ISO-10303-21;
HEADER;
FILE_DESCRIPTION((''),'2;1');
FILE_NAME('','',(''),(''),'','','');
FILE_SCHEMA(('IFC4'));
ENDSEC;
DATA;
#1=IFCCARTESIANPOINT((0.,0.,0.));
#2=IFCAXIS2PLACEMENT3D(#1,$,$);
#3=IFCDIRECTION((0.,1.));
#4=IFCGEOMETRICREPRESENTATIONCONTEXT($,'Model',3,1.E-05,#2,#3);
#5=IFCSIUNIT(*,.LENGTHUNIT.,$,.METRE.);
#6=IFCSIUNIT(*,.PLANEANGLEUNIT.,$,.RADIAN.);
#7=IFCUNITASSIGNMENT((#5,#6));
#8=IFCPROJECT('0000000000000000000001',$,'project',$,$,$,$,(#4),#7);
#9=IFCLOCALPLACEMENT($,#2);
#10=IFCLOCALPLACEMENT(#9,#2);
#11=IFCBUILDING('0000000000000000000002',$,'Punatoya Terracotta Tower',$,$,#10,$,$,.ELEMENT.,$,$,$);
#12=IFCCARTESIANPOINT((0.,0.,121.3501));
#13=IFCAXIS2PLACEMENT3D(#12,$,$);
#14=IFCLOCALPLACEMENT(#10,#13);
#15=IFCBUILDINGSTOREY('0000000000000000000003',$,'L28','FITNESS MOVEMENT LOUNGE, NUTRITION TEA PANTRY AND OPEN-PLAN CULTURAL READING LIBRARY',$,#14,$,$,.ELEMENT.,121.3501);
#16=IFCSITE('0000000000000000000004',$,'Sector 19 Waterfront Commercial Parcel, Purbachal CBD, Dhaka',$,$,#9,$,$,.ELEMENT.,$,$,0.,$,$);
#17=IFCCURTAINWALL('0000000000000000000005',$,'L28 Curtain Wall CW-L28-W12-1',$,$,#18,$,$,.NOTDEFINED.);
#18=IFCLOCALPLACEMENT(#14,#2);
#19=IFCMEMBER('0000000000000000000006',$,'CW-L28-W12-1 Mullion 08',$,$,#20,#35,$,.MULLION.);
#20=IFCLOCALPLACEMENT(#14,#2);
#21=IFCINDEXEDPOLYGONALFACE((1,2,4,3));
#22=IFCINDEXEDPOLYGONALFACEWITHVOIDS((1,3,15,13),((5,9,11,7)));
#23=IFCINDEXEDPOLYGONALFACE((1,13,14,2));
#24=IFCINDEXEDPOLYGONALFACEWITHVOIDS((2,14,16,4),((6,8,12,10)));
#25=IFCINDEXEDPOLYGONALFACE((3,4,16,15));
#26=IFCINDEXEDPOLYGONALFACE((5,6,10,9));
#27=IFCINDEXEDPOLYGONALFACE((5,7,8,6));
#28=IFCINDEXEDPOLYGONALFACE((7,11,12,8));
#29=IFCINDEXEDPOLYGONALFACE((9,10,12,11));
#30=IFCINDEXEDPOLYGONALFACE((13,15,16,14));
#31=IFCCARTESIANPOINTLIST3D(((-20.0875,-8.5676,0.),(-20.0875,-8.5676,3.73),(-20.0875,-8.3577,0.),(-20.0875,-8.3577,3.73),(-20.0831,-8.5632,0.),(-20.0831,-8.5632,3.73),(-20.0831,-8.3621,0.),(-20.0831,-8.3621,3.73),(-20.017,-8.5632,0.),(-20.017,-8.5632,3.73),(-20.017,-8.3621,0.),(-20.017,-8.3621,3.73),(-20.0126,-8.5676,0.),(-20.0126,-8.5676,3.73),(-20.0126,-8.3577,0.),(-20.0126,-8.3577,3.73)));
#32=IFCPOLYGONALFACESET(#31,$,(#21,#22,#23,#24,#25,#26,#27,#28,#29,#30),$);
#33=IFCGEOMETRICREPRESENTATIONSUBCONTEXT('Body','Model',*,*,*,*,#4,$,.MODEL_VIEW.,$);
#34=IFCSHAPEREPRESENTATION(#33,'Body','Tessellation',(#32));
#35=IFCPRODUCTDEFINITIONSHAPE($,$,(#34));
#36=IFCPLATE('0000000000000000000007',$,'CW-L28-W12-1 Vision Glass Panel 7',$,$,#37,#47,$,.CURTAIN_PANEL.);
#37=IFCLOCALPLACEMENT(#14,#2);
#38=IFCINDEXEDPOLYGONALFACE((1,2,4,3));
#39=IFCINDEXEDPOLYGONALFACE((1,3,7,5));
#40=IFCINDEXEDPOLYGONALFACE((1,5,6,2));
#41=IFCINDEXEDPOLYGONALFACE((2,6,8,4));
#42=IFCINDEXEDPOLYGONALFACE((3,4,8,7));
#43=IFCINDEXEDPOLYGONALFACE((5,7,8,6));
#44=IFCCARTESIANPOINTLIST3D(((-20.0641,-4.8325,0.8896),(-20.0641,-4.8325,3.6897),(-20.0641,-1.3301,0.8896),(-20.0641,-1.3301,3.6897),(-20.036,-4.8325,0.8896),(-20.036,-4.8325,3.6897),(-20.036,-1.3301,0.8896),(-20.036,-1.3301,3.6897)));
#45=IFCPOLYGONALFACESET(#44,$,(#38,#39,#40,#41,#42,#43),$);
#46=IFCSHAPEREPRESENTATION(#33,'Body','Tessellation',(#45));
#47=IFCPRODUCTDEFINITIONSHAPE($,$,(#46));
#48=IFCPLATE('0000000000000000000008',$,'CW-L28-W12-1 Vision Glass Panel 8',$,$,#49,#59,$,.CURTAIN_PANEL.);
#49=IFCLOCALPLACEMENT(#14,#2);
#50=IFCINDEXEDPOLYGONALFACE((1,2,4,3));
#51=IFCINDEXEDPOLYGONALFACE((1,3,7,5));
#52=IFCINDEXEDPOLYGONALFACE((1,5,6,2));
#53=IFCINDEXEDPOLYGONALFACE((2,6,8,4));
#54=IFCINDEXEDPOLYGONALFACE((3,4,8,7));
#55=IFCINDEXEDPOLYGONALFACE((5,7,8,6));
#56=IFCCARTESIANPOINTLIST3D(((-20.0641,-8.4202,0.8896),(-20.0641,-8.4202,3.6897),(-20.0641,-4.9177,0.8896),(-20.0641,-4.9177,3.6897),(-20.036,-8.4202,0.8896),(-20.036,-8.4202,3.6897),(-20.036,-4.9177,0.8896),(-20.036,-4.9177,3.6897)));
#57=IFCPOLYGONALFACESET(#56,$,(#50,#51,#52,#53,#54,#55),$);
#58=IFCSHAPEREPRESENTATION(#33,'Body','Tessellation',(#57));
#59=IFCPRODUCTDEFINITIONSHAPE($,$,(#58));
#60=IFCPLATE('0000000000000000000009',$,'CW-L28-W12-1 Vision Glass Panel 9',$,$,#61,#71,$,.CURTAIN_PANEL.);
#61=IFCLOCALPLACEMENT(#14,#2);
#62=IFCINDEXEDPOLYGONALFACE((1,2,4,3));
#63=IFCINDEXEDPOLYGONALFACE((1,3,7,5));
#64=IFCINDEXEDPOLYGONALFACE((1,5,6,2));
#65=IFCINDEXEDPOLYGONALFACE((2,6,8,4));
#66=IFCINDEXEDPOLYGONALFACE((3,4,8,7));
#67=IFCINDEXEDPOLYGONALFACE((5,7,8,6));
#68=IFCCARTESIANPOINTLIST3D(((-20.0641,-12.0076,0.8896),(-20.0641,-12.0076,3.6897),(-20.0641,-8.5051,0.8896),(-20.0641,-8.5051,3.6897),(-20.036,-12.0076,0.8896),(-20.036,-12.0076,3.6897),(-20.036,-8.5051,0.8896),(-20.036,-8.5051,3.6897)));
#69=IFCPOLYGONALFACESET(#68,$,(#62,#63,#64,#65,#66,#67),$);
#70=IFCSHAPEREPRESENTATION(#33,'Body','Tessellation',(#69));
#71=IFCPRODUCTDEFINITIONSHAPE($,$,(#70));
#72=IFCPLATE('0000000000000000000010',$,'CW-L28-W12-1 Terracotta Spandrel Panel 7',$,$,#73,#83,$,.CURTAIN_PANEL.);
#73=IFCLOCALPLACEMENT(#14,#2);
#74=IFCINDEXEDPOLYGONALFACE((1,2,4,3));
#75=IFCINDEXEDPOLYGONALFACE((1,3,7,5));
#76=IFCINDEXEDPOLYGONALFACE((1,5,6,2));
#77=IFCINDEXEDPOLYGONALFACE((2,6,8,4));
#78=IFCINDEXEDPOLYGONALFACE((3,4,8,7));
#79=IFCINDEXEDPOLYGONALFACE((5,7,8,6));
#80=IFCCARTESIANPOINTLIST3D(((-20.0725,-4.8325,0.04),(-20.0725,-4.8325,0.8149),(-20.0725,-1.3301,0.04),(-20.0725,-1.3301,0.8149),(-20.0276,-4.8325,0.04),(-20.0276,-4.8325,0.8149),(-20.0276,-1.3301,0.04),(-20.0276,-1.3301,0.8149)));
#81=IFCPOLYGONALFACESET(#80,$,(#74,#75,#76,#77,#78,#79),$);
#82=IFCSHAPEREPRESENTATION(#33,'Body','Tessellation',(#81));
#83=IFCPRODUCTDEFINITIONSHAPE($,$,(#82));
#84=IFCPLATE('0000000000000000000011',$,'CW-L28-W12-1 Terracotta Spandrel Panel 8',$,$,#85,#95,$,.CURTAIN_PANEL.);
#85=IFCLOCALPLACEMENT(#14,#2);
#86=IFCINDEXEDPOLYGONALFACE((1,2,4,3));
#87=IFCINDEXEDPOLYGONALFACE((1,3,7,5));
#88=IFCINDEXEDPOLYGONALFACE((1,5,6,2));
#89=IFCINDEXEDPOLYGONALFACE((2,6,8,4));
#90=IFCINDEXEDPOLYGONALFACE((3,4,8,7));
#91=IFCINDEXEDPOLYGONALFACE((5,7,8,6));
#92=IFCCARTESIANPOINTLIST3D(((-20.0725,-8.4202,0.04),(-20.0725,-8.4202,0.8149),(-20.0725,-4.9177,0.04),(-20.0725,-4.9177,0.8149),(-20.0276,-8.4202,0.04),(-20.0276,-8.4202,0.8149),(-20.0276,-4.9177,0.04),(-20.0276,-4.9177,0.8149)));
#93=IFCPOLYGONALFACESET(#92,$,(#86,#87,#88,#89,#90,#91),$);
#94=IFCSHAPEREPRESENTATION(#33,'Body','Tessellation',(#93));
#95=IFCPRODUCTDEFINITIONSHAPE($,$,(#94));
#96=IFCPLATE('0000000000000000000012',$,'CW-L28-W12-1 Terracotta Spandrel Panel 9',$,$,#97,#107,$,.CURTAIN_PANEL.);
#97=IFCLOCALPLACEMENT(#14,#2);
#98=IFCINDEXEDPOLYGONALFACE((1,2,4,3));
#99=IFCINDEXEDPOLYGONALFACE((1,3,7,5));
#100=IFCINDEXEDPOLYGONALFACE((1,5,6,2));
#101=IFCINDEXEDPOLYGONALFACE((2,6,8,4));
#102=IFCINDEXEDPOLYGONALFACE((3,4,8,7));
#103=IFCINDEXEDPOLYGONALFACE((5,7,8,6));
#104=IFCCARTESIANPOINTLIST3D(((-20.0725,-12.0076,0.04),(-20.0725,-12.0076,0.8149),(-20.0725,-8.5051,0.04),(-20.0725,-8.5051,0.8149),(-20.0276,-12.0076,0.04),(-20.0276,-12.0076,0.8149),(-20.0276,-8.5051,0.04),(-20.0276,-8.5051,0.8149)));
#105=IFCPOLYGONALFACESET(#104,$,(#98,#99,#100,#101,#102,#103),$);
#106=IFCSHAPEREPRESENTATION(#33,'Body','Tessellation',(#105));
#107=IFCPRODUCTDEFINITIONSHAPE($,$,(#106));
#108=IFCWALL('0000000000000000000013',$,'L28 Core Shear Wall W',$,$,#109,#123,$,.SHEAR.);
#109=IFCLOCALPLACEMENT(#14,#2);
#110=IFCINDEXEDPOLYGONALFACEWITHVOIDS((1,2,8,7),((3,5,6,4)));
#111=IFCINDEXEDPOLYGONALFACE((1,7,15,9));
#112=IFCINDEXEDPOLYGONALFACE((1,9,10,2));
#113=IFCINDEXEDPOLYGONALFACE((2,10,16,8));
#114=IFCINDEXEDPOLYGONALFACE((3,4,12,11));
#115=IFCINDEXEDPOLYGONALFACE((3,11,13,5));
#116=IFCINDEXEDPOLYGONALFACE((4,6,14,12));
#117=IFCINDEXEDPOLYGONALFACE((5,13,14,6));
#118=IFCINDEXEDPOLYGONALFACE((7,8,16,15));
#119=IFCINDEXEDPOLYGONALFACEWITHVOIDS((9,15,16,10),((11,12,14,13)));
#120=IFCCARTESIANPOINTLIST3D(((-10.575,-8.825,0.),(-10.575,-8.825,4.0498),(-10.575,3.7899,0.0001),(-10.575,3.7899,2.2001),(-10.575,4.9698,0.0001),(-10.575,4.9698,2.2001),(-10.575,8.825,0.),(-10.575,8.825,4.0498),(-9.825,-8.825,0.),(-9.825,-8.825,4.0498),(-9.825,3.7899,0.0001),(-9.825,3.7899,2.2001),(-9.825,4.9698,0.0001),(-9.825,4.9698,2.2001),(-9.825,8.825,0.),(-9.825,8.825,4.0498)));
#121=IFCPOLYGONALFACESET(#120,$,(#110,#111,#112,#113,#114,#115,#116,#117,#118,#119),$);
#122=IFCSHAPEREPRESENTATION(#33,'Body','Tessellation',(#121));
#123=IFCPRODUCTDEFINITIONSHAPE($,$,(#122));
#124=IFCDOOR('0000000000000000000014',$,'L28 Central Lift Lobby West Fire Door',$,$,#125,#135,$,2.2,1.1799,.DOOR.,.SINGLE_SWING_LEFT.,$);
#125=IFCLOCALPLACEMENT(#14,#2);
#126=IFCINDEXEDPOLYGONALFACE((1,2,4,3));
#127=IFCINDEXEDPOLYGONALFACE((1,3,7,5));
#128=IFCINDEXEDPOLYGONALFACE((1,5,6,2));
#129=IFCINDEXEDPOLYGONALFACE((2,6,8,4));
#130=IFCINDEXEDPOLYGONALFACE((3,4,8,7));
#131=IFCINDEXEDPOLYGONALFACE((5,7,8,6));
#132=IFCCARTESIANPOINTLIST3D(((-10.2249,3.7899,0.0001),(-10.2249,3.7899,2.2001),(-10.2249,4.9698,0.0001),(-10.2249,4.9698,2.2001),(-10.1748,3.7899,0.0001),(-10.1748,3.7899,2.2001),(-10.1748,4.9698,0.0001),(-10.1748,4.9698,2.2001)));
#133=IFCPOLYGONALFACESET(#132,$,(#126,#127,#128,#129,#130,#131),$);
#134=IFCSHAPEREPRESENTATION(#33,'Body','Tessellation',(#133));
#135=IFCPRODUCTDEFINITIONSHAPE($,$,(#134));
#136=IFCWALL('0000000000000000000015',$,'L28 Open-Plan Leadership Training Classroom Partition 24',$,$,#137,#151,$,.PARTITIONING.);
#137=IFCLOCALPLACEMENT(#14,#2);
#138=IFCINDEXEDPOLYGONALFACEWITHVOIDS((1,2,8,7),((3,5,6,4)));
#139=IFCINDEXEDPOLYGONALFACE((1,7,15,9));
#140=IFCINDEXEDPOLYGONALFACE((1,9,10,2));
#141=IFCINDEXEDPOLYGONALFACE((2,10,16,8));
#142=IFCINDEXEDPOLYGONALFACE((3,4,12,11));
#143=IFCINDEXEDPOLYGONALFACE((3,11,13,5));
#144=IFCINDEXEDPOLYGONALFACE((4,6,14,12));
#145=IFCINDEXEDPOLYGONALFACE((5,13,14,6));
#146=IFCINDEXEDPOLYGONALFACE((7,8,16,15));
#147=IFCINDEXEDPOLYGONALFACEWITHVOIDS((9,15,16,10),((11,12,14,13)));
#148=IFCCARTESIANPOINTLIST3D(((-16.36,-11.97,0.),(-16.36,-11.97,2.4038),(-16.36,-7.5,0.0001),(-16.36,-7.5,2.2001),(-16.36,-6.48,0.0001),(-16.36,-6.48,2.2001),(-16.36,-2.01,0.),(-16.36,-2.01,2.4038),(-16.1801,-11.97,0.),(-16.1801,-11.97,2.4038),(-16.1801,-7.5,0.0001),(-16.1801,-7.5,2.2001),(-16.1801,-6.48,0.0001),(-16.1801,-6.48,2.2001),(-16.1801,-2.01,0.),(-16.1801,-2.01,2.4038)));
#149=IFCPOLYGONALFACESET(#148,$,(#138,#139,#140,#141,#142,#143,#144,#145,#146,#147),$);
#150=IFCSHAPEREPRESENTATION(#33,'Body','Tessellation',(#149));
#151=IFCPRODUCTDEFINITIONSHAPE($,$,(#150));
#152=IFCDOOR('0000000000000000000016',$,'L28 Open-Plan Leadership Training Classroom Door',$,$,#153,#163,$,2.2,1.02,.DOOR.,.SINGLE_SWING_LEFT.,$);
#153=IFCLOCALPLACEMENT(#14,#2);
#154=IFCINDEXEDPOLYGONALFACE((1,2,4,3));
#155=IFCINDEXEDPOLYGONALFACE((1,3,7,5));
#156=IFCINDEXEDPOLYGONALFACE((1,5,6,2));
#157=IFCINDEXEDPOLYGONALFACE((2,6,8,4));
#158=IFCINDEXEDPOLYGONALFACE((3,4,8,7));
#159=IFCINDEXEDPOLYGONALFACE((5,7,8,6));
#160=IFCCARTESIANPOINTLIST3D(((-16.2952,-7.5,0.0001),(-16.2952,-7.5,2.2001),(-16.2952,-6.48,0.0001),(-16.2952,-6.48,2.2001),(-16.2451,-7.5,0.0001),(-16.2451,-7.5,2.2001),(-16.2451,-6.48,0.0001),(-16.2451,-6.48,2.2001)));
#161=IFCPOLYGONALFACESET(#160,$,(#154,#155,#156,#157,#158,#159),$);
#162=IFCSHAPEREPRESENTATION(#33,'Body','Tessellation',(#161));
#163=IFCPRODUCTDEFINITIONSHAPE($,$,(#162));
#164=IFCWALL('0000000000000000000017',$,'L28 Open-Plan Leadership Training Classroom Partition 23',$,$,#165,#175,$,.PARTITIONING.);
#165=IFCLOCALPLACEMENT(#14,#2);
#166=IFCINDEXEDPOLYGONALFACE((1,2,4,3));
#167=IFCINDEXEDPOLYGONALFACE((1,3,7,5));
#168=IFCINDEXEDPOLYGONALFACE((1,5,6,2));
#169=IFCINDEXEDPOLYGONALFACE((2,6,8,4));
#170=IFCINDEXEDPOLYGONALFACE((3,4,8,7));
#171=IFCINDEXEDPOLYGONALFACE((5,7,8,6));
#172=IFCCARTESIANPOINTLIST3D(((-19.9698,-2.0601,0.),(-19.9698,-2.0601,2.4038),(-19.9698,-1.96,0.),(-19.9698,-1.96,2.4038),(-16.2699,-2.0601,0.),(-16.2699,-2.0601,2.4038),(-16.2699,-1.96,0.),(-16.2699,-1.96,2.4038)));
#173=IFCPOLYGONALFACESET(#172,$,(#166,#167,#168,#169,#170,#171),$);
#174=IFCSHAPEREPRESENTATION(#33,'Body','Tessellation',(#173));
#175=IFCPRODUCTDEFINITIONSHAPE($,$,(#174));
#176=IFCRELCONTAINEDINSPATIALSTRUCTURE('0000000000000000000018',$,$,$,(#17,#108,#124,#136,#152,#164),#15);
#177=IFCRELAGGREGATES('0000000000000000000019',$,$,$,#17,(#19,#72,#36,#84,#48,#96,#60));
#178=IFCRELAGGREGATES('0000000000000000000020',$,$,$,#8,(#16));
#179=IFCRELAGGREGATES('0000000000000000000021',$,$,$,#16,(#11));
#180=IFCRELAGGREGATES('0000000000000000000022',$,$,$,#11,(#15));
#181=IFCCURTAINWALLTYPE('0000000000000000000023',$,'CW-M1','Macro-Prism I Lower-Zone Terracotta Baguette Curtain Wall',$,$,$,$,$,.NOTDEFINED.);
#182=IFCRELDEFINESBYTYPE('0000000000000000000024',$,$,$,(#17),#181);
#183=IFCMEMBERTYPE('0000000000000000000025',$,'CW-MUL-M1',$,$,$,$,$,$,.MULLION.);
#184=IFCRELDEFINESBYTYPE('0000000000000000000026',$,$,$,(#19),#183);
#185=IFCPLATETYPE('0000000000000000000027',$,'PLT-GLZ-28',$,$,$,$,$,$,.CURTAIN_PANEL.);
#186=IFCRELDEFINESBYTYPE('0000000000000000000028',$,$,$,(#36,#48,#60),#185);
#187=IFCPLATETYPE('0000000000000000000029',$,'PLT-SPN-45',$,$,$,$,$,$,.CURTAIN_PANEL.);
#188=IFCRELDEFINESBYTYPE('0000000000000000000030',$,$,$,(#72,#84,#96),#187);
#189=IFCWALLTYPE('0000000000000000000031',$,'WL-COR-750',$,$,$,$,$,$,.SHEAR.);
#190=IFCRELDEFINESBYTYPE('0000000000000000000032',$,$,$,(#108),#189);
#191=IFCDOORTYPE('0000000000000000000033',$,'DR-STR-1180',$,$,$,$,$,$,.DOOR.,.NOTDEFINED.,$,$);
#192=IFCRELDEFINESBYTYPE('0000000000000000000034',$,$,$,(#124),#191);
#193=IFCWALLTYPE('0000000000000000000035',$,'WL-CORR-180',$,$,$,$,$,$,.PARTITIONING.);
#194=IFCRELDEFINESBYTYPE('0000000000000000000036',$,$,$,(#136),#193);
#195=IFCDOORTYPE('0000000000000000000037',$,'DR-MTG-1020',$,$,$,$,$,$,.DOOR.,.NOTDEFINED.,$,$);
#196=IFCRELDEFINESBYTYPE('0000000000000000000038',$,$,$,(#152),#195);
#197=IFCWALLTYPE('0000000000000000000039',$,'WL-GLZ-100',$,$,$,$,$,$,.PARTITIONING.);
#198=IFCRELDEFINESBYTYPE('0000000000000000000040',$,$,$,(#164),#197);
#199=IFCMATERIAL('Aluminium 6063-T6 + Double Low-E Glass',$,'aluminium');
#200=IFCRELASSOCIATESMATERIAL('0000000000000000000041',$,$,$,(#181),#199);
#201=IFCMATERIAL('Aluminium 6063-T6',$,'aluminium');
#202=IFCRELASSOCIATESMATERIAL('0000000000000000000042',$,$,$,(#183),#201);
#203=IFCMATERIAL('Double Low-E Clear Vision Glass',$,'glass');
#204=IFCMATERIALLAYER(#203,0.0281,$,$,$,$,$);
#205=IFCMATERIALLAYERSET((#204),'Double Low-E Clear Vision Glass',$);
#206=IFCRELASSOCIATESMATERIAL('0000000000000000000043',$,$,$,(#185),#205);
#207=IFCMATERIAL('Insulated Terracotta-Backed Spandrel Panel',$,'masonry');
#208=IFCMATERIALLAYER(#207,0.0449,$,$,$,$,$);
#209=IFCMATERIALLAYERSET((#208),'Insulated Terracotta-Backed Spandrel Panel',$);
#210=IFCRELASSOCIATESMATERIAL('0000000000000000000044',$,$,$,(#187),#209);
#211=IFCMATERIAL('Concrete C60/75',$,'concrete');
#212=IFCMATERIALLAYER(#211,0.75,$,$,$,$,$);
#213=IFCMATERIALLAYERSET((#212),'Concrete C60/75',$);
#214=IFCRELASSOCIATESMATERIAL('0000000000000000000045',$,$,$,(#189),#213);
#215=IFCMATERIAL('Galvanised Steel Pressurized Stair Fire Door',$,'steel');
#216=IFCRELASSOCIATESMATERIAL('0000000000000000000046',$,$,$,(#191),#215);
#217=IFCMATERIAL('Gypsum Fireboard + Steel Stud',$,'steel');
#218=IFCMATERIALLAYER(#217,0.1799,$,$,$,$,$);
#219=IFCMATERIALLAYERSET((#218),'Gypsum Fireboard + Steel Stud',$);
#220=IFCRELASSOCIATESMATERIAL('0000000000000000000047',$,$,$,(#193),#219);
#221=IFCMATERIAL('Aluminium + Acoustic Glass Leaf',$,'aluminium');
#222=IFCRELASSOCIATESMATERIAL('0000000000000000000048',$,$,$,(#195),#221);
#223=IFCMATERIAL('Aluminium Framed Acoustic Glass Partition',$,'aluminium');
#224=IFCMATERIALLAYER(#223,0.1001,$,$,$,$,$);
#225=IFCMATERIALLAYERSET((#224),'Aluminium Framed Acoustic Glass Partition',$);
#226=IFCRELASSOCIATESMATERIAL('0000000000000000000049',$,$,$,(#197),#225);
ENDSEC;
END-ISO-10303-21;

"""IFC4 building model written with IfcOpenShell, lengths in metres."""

from ifc_helpers import new_model, si_unit, direction, frame, frame_2d, origin, origin_2d, place, context, subcontext, project, spatial, rectangle, hollow_rectangle, extrude, material, layer, layer_set, material_profile, profile_set, type_object, element, fill, aggregate, save


model = new_model("IFC4")

# Units and contexts
model_context = context("Model", 3, precision=1e-05, world=origin(), true_north=direction((0.0, 1.0)))
body_context = subcontext(model_context, "Body", "Model", "MODEL_VIEW")
ifc_project = project(units=[si_unit("LENGTHUNIT", "METRE"), si_unit("PLANEANGLEUNIT", "RADIAN")], contexts=[model_context])

# Site, building, storey
site_placement = place(None, origin())
site = spatial("IfcSite", under=ifc_project, at=site_placement, Name="Sector 19 Waterfront Commercial Parcel, Purbachal CBD, Dhaka", CompositionType="ELEMENT", RefElevation=0.0)
building_placement = place(site_placement, origin())
building = spatial("IfcBuilding", under=site, at=building_placement, Name="Punatoya Terracotta Tower", CompositionType="ELEMENT")
storey_placement = place(building_placement, frame((0.0, 0.0, 121.3501)))
storey = spatial("IfcBuildingStorey", under=building, at=storey_placement, Name="L28", Description="FITNESS MOVEMENT LOUNGE, NUTRITION TEA PANTRY AND OPEN-PLAN CULTURAL READING LIBRARY", CompositionType="ELEMENT", Elevation=121.3501)

# Curtain wall, member, plates
ifc_material_1 = material(Name="Aluminium 6063-T6 + Double Low-E Glass", Category="aluminium")
curtain_wall_type = type_object("IfcCurtainWallType", Name="CW-M1", Description="Macro-Prism I Lower-Zone Terracotta Baguette Curtain Wall", PredefinedType="NOTDEFINED", material=ifc_material_1)
curtain_wall_placement = place(storey_placement, origin())
curtain_wall = element("IfcCurtainWall", 1, at=curtain_wall_placement, inside=storey, type_object=curtain_wall_type, Name="L28 Curtain Wall CW-L28-W12-1", PredefinedType="NOTDEFINED")
ifc_material_2 = material(Name="Aluminium 6063-T6", Category="aluminium")
ifc_material_profile_1 = material_profile(ifc_material_2, hollow_rectangle(XDim=0.075, YDim=0.21, WallThickness=0.0044, at=origin_2d()))
ifc_profile_set_1 = profile_set([ifc_material_profile_1], Name="Aluminium 6063-T6")
member_type = type_object("IfcMemberType", Name="CW-MUL-M1", PredefinedType="MULLION", material=ifc_profile_set_1)
member_1_placement = place(storey_placement, frame((-20.05, -8.4626, 0.0), z_axis=(0.0, 0.0, 1.0), x_axis=(1.0, 0.0, 0.0)))
member_1 = element("IfcMember", 2, at=member_1_placement, type_object=member_type, Name="CW-L28-W12-1 Mullion 08", PredefinedType="MULLION", context=body_context, shape_type="SweptSolid", body=[
    extrude(hollow_rectangle(XDim=0.075, YDim=0.21, WallThickness=0.0044, at=origin_2d()), origin(), (0.0, 0.0, 1.0), 3.73),
])
ifc_material_3 = material(Name="Double Low-E Clear Vision Glass", Category="glass")
ifc_layer_1 = layer(ifc_material_3, 0.0281)
ifc_layer_set_1 = layer_set([ifc_layer_1], Name="Double Low-E Clear Vision Glass")
plate_type_1 = type_object("IfcPlateType", Name="PLT-GLZ-28", PredefinedType="CURTAIN_PANEL", material=ifc_layer_set_1)
plate_1_placement = place(storey_placement, frame((-20.05, -3.0813, 0.8896), z_axis=(0.0, 0.0, 1.0), x_axis=(0.0, -1.0, 0.0)))
plate_1 = element("IfcPlate", 3, at=plate_1_placement, type_object=plate_type_1, Name="CW-L28-W12-1 Vision Glass Panel 7", PredefinedType="CURTAIN_PANEL", context=body_context, shape_type="SweptSolid", body=[
    extrude(rectangle(XDim=3.5024, YDim=0.0281, at=origin_2d()), origin(), (0.0, 0.0, 1.0), 2.8),
])
plate_2_placement = place(storey_placement, frame((-20.05, -6.6689, 0.8896), z_axis=(0.0, 0.0, 1.0), x_axis=(0.0, -1.0, 0.0)))
plate_2 = element("IfcPlate", 4, at=plate_2_placement, type_object=plate_type_1, Name="CW-L28-W12-1 Vision Glass Panel 8", PredefinedType="CURTAIN_PANEL", context=body_context, shape_type="SweptSolid", body=[
    extrude(rectangle(XDim=3.5024, YDim=0.0281, at=origin_2d()), origin(), (0.0, 0.0, 1.0), 2.8),
])
plate_3_placement = place(storey_placement, frame((-20.05, -10.2563, 0.8896), z_axis=(0.0, 0.0, 1.0), x_axis=(0.0, -1.0, 0.0)))
plate_3 = element("IfcPlate", 5, at=plate_3_placement, type_object=plate_type_1, Name="CW-L28-W12-1 Vision Glass Panel 9", PredefinedType="CURTAIN_PANEL", context=body_context, shape_type="SweptSolid", body=[
    extrude(rectangle(XDim=3.5024, YDim=0.0281, at=origin_2d()), origin(), (0.0, 0.0, 1.0), 2.8),
])
ifc_material_4 = material(Name="Insulated Terracotta-Backed Spandrel Panel", Category="masonry")
ifc_layer_2 = layer(ifc_material_4, 0.0449)
ifc_layer_set_2 = layer_set([ifc_layer_2], Name="Insulated Terracotta-Backed Spandrel Panel")
plate_type_2 = type_object("IfcPlateType", Name="PLT-SPN-45", PredefinedType="CURTAIN_PANEL", material=ifc_layer_set_2)
plate_4_placement = place(storey_placement, frame((-20.05, -3.0813, 0.04), z_axis=(0.0, 0.0, 1.0), x_axis=(0.0, -1.0, 0.0)))
plate_4 = element("IfcPlate", 6, at=plate_4_placement, type_object=plate_type_2, Name="CW-L28-W12-1 Terracotta Spandrel Panel 7", PredefinedType="CURTAIN_PANEL", context=body_context, shape_type="SweptSolid", body=[
    extrude(rectangle(XDim=3.5024, YDim=0.0449, at=origin_2d()), origin(), (0.0, 0.0, 1.0), 0.7749),
])
plate_5_placement = place(storey_placement, frame((-20.05, -6.6689, 0.04), z_axis=(0.0, 0.0, 1.0), x_axis=(0.0, -1.0, 0.0)))
plate_5 = element("IfcPlate", 7, at=plate_5_placement, type_object=plate_type_2, Name="CW-L28-W12-1 Terracotta Spandrel Panel 8", PredefinedType="CURTAIN_PANEL", context=body_context, shape_type="SweptSolid", body=[
    extrude(rectangle(XDim=3.5024, YDim=0.0449, at=origin_2d()), origin(), (0.0, 0.0, 1.0), 0.7749),
])
plate_6_placement = place(storey_placement, frame((-20.05, -10.2563, 0.04), z_axis=(0.0, 0.0, 1.0), x_axis=(0.0, -1.0, 0.0)))
plate_6 = element("IfcPlate", 8, at=plate_6_placement, type_object=plate_type_2, Name="CW-L28-W12-1 Terracotta Spandrel Panel 9", PredefinedType="CURTAIN_PANEL", context=body_context, shape_type="SweptSolid", body=[
    extrude(rectangle(XDim=3.5024, YDim=0.0449, at=origin_2d()), origin(), (0.0, 0.0, 1.0), 0.7749),
])
aggregate(curtain_wall, [member_1, plate_4, plate_1, plate_5, plate_2, plate_6, plate_3])

# Walls, openings, doors
ifc_material_5 = material(Name="Concrete C60/75", Category="concrete")
ifc_layer_3 = layer(ifc_material_5, 0.75)
ifc_layer_set_3 = layer_set([ifc_layer_3], Name="Concrete C60/75")
wall_type_1 = type_object("IfcWallType", Name="WL-COR-750", PredefinedType="SHEAR", material=ifc_layer_set_3)
wall_1_placement = place(storey_placement, frame((-10.2, -8.825, 0.0), z_axis=(0.0, 0.0, 1.0), x_axis=(0.0, 1.0, 0.0)))
wall_1 = element("IfcWall", 9, at=wall_1_placement, inside=storey, type_object=wall_type_1, Name="L28 Core Shear Wall W", PredefinedType="SHEAR", context=body_context, shape_type="SweptSolid", body=[
    extrude(rectangle(XDim=17.6499, YDim=0.75, at=frame_2d((8.825, 0.0))), origin(), (0.0, 0.0, 1.0), 4.0498),
])
opening_1_placement = place(wall_1_placement, frame((12.615, 0.0, 0.0)))
opening_1 = element("IfcOpeningElement", 10, at=opening_1_placement, cuts=wall_1, PredefinedType="OPENING", context=body_context, shape_type="SweptSolid", body=[
    extrude(rectangle(XDim=1.1799, YDim=2.2, at=frame_2d((0.5898, 1.1001))), frame((0.0, 0.385, 0.0), z_axis=(0.0, -1.0, 0.0), x_axis=(1.0, 0.0, 0.0)), (0.0, 0.0, 1.0), 0.77),
])
ifc_material_6 = material(Name="Galvanised Steel Pressurized Stair Fire Door", Category="steel")
door_type_1 = type_object("IfcDoorType", Name="DR-STR-1180", OperationType="NOTDEFINED", PredefinedType="DOOR", material=ifc_material_6)
door_1_placement = place(opening_1_placement, origin())
door_1 = element("IfcDoor", 11, at=door_1_placement, inside=storey, type_object=door_type_1, Name="L28 Central Lift Lobby West Fire Door", OperationType="SINGLE_SWING_LEFT", OverallHeight=2.2, OverallWidth=1.1799, PredefinedType="DOOR", context=body_context, shape_type="SweptSolid", body=[
    extrude(rectangle(XDim=1.1799, YDim=2.2, at=frame_2d((0.5898, 1.1001))), frame((0.0, 0.0249, 0.0), z_axis=(0.0, -1.0, 0.0), x_axis=(1.0, 0.0, 0.0)), (0.0, 0.0, 1.0), 0.05),
])
fill(opening_1, door_1)
ifc_material_7 = material(Name="Gypsum Fireboard + Steel Stud", Category="steel")
ifc_layer_4 = layer(ifc_material_7, 0.1799)
ifc_layer_set_4 = layer_set([ifc_layer_4], Name="Gypsum Fireboard + Steel Stud")
wall_type_2 = type_object("IfcWallType", Name="WL-CORR-180", PredefinedType="PARTITIONING", material=ifc_layer_set_4)
wall_2_placement = place(storey_placement, frame((-16.27, -2.01, 0.0), z_axis=(0.0, 0.0, 1.0), x_axis=(0.0, -1.0, 0.0)))
wall_2 = element("IfcWall", 12, at=wall_2_placement, inside=storey, type_object=wall_type_2, Name="L28 Open-Plan Leadership Training Classroom Partition 24", PredefinedType="PARTITIONING", context=body_context, shape_type="SweptSolid", body=[
    extrude(rectangle(XDim=9.96, YDim=0.1799, at=frame_2d((4.98, 0.0))), origin(), (0.0, 0.0, 1.0), 2.4038),
])
opening_2_placement = place(wall_2_placement, frame((4.47, 0.0, 0.0)))
opening_2 = element("IfcOpeningElement", 13, at=opening_2_placement, cuts=wall_2, PredefinedType="OPENING", context=body_context, shape_type="SweptSolid", body=[
    extrude(rectangle(XDim=1.02, YDim=2.2, at=frame_2d((0.51, 1.1001))), frame((0.0, 0.0999, 0.0), z_axis=(0.0, -1.0, 0.0), x_axis=(1.0, 0.0, 0.0)), (0.0, 0.0, 1.0), 0.2),
])
ifc_material_8 = material(Name="Aluminium + Acoustic Glass Leaf", Category="aluminium")
door_type_2 = type_object("IfcDoorType", Name="DR-MTG-1020", OperationType="NOTDEFINED", PredefinedType="DOOR", material=ifc_material_8)
door_2_placement = place(opening_2_placement, origin())
door_2 = element("IfcDoor", 14, at=door_2_placement, inside=storey, type_object=door_type_2, Name="L28 Open-Plan Leadership Training Classroom Door", OperationType="SINGLE_SWING_LEFT", OverallHeight=2.2, OverallWidth=1.02, PredefinedType="DOOR", context=body_context, shape_type="SweptSolid", body=[
    extrude(rectangle(XDim=1.02, YDim=2.2, at=frame_2d((0.51, 1.1001))), frame((0.0, 0.0249, 0.0), z_axis=(0.0, -1.0, 0.0), x_axis=(1.0, 0.0, 0.0)), (0.0, 0.0, 1.0), 0.05),
])
fill(opening_2, door_2)

# Wall
ifc_material_9 = material(Name="Aluminium Framed Acoustic Glass Partition", Category="aluminium")
ifc_layer_5 = layer(ifc_material_9, 0.1001)
ifc_layer_set_5 = layer_set([ifc_layer_5], Name="Aluminium Framed Acoustic Glass Partition")
wall_type_3 = type_object("IfcWallType", Name="WL-GLZ-100", PredefinedType="PARTITIONING", material=ifc_layer_set_5)
wall_3_placement = place(storey_placement, frame((-19.97, -2.01, 0.0), z_axis=(0.0, 0.0, 1.0), x_axis=(1.0, 0.0, 0.0)))
element("IfcWall", 15, at=wall_3_placement, inside=storey, type_object=wall_type_3, Name="L28 Open-Plan Leadership Training Classroom Partition 23", PredefinedType="PARTITIONING", context=body_context, shape_type="SweptSolid", body=[
    extrude(rectangle(XDim=3.7, YDim=0.1001, at=frame_2d((1.8501, 0.0))), origin(), (0.0, 0.0, 1.0), 2.4038),
])

save(model, "model.ifc")
